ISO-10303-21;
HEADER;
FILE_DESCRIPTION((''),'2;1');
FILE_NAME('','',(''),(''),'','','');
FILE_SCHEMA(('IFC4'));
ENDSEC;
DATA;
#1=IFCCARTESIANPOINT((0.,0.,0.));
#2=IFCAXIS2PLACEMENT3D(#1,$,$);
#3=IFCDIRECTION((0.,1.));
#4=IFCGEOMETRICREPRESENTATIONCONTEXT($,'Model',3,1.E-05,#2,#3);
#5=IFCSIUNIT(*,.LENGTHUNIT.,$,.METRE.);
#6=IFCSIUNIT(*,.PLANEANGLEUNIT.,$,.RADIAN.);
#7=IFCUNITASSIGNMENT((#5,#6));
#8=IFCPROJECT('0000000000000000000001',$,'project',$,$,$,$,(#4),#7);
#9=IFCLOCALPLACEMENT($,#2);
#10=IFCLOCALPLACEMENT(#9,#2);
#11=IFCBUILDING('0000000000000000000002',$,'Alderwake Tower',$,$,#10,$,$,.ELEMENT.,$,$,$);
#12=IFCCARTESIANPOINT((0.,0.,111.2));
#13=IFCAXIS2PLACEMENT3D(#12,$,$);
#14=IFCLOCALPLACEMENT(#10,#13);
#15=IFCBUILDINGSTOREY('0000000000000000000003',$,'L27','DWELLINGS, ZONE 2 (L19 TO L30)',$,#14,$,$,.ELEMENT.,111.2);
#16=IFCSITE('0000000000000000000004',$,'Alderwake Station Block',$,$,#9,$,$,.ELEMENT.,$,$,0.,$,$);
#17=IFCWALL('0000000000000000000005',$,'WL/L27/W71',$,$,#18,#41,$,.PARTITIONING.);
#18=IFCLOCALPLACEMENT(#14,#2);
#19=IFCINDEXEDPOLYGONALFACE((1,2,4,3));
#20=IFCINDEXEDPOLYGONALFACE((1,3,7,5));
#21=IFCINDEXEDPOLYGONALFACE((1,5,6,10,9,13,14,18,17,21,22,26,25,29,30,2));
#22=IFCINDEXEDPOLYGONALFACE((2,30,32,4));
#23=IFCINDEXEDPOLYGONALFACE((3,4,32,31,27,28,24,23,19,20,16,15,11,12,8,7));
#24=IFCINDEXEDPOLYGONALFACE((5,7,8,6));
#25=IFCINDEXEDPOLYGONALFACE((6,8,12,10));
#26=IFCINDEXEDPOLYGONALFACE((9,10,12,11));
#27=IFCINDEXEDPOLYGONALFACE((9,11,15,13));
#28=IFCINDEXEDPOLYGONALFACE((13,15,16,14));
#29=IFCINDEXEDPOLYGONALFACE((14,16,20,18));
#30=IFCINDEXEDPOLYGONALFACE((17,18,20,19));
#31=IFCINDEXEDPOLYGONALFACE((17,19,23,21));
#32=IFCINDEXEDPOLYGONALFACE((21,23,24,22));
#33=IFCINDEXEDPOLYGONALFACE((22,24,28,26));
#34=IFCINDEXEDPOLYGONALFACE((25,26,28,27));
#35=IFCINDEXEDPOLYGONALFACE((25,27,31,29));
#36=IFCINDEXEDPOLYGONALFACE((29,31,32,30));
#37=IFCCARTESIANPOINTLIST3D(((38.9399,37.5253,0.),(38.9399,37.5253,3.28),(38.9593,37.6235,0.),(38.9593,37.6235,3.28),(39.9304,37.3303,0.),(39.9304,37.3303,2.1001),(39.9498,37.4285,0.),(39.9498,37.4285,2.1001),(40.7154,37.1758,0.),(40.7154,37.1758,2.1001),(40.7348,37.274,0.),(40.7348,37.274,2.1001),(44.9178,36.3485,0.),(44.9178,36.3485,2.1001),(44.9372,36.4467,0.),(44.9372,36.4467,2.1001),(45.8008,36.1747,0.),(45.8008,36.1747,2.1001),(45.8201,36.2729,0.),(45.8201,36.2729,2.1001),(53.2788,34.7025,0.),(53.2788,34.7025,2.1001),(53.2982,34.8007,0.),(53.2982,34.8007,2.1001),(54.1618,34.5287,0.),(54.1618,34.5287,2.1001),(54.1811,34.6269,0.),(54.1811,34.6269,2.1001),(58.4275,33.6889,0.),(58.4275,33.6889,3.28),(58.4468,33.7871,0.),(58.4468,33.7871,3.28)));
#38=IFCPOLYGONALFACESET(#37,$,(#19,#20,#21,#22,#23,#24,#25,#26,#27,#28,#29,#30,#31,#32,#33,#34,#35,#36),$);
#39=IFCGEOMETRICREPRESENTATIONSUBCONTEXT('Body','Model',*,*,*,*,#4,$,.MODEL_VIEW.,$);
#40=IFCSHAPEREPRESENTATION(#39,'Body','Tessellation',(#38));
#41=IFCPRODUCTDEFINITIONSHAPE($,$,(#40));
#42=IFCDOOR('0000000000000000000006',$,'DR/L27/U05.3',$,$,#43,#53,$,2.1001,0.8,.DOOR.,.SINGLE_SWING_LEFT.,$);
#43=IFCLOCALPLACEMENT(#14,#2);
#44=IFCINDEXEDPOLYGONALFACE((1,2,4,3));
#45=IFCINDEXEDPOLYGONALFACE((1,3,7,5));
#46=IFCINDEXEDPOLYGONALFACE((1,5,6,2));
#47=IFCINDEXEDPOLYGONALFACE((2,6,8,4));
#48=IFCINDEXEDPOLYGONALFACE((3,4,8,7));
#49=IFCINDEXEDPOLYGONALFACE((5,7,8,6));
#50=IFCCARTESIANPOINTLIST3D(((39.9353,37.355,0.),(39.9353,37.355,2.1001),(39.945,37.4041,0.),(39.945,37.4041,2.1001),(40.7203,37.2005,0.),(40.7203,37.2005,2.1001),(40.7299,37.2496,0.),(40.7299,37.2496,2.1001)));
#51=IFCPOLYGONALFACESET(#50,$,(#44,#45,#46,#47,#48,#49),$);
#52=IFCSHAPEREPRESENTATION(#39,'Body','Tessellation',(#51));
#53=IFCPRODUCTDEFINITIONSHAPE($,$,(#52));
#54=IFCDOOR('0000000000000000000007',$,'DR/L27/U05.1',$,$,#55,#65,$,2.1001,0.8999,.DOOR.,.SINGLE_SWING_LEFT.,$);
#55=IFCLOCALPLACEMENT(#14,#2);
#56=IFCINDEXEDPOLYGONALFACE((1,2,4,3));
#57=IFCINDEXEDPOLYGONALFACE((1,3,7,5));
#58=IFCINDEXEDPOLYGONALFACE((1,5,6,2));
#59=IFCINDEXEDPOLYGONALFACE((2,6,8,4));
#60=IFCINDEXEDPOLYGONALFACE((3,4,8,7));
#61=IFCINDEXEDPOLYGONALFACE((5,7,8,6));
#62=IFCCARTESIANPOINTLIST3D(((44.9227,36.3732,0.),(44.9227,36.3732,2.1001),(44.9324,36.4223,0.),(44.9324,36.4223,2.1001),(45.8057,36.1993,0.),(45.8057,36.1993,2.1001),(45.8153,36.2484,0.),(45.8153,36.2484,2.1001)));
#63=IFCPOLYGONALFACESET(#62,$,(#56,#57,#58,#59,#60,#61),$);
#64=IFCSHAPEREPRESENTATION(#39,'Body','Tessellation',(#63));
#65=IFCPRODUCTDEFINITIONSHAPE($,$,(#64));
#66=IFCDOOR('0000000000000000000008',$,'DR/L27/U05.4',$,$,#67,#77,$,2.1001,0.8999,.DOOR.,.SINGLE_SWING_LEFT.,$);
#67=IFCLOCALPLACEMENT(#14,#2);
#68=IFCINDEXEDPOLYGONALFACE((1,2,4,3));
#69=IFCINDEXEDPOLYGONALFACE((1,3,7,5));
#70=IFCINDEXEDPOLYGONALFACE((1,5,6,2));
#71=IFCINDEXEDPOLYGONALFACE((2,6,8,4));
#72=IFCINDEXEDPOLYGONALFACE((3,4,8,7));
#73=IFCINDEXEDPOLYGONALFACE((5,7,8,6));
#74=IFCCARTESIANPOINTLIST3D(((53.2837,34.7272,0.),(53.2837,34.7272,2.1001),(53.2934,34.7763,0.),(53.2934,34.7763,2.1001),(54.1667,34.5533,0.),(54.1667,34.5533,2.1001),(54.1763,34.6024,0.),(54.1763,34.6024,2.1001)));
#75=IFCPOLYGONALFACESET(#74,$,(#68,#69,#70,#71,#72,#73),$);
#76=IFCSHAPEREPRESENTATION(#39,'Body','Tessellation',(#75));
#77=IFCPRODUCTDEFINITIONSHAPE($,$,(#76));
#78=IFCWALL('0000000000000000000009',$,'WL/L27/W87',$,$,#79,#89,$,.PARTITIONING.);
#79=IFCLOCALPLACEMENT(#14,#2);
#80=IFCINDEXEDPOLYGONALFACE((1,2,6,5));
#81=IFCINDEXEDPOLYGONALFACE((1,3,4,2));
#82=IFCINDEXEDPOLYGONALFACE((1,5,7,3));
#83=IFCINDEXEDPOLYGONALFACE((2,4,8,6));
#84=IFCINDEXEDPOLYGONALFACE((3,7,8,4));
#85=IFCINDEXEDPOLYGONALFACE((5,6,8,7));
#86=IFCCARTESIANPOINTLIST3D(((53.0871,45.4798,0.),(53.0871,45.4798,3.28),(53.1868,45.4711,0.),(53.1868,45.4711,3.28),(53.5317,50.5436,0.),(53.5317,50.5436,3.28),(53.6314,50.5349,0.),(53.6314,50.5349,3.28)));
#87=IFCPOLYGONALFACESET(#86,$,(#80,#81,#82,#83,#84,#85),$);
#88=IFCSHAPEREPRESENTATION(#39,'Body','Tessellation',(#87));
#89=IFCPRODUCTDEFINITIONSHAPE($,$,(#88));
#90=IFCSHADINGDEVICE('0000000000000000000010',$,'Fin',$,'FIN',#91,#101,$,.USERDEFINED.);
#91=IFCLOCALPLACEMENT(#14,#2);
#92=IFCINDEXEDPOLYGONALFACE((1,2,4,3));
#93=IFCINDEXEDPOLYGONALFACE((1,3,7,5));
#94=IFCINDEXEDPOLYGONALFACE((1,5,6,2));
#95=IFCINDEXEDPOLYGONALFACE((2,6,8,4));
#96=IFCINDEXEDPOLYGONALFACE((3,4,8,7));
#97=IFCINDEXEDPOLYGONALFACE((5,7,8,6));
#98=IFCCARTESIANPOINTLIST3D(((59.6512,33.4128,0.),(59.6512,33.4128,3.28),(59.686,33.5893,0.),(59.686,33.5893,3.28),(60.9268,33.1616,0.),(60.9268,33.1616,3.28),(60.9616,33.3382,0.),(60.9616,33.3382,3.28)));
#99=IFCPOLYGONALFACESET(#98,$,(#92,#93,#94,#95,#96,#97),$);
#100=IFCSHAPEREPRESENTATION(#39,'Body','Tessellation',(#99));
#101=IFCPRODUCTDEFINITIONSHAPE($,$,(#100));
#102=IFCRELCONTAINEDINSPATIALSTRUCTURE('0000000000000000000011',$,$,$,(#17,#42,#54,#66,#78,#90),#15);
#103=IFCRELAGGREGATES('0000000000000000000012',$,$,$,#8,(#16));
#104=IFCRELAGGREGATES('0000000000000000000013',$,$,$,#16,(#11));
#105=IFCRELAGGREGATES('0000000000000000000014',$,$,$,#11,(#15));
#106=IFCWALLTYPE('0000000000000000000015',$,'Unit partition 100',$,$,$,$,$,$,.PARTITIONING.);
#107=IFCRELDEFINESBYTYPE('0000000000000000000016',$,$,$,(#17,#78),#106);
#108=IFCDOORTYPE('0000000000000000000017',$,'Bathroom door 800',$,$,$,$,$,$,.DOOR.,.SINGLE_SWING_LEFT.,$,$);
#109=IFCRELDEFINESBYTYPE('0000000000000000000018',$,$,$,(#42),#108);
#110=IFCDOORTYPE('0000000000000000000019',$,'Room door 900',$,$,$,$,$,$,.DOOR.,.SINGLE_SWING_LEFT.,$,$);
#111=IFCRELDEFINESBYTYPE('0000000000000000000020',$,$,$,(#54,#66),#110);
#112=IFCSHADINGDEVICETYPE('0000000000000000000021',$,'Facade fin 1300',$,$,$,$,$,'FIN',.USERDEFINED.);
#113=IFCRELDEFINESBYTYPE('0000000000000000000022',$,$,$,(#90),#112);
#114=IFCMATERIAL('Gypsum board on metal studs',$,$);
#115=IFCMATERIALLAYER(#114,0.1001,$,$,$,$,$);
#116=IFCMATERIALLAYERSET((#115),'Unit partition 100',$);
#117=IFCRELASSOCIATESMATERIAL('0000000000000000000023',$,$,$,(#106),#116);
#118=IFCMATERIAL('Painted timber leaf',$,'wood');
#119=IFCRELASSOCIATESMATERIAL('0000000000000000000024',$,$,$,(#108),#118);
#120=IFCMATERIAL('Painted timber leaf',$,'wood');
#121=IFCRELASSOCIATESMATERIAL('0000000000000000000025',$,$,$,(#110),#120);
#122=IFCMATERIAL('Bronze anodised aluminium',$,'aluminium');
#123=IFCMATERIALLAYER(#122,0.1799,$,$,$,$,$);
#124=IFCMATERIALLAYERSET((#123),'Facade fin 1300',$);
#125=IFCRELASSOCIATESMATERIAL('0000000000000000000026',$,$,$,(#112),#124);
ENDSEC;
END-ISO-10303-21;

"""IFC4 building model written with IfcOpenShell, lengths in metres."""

from ifc_helpers import new_model, si_unit, direction, frame, frame_2d, origin, origin_2d, place, context, subcontext, project, spatial, rectangle, extrude, material, layer, layer_set, type_object, element, fill, save


model = new_model("IFC4")

# Units and contexts
model_context = context("Model", 3, precision=1e-05, world=origin(), true_north=direction((0.0, 1.0)))
body_context = subcontext(model_context, "Body", "Model", "MODEL_VIEW")
ifc_project = project(units=[si_unit("LENGTHUNIT", "METRE"), si_unit("PLANEANGLEUNIT", "RADIAN")], contexts=[model_context])

# Site, building, storey
site_placement = place(None, origin())
site = spatial("IfcSite", under=ifc_project, at=site_placement, Name="Alderwake Station Block", CompositionType="ELEMENT", RefElevation=0.0)
building_placement = place(site_placement, origin())
building = spatial("IfcBuilding", under=site, at=building_placement, Name="Alderwake Tower", CompositionType="ELEMENT")
storey_placement = place(building_placement, frame((0.0, 0.0, 111.2)))
storey = spatial("IfcBuildingStorey", under=building, at=storey_placement, Name="L27", Description="DWELLINGS, ZONE 2 (L19 TO L30)", CompositionType="ELEMENT", Elevation=111.2)

# Wall, openings, doors
ifc_material_1 = material(Name="Gypsum board on metal studs")
ifc_layer_1 = layer(ifc_material_1, 0.1001)
ifc_layer_set_1 = layer_set([ifc_layer_1], Name="Unit partition 100")
wall_type_1 = type_object("IfcWallType", Name="Unit partition 100", PredefinedType="PARTITIONING", material=ifc_layer_set_1)
wall_1_placement = place(storey_placement, frame((58.437, 33.738, 0.0), z_axis=(0.0, 0.0, 1.0), x_axis=(-0.981168, 0.193158, 0.0)))
wall_1 = element("IfcWall", 1, at=wall_1_placement, inside=storey, type_object=wall_type_1, Name="WL/L27/W71", PredefinedType="PARTITIONING", context=body_context, shape_type="SweptSolid", body=[
    extrude(rectangle(XDim=19.8616, YDim=0.1001, at=frame_2d((9.9307, 0.0))), origin(), (0.0, 0.0, 1.0), 3.28),
])
opening_1_placement = place(wall_1_placement, frame((12.8689, 0.0, 0.0)))
opening_1 = element("IfcOpeningElement", 2, at=opening_1_placement, cuts=wall_1, PredefinedType="OPENING", context=body_context, shape_type="SweptSolid", body=[
    extrude(rectangle(XDim=0.8999, YDim=2.1001, at=frame_2d((0.45, 1.05))), frame((0.0, 0.0601, 0.0), z_axis=(0.0, -1.0, 0.0), x_axis=(1.0, 0.0, 0.0)), (0.0, 0.0, 1.0), 0.1201),
])
opening_2_placement = place(wall_1_placement, frame((18.052, 0.0, 0.0)))
opening_2 = element("IfcOpeningElement", 3, at=opening_2_placement, cuts=wall_1, PredefinedType="OPENING", context=body_context, shape_type="SweptSolid", body=[
    extrude(rectangle(XDim=0.8, YDim=2.1001, at=frame_2d((0.3999, 1.05))), frame((0.0, 0.0601, 0.0), z_axis=(0.0, -1.0, 0.0), x_axis=(1.0, 0.0, 0.0)), (0.0, 0.0, 1.0), 0.1201),
])
opening_3_placement = place(wall_1_placement, frame((4.3474, 0.0, 0.0)))
opening_3 = element("IfcOpeningElement", 4, at=opening_3_placement, cuts=wall_1, PredefinedType="OPENING", context=body_context, shape_type="SweptSolid", body=[
    extrude(rectangle(XDim=0.8999, YDim=2.1001, at=frame_2d((0.45, 1.05))), frame((0.0, 0.0601, 0.0), z_axis=(0.0, -1.0, 0.0), x_axis=(1.0, 0.0, 0.0)), (0.0, 0.0, 1.0), 0.1201),
])
ifc_material_2 = material(Name="Painted timber leaf", Category="wood")
door_type_1 = type_object("IfcDoorType", Name="Bathroom door 800", OperationType="SINGLE_SWING_LEFT", PredefinedType="DOOR", material=ifc_material_2)
door_1_placement = place(opening_2_placement, origin())
door_1 = element("IfcDoor", 5, at=door_1_placement, inside=storey, type_object=door_type_1, Name="DR/L27/U05.3", OperationType="SINGLE_SWING_LEFT", OverallHeight=2.1001, OverallWidth=0.8, PredefinedType="DOOR", context=body_context, shape_type="SweptSolid", body=[
    extrude(rectangle(XDim=0.8, YDim=2.1001, at=frame_2d((0.3999, 1.05))), frame((0.0, 0.0249, 0.0), z_axis=(0.0, -1.0, 0.0), x_axis=(1.0, 0.0, 0.0)), (0.0, 0.0, 1.0), 0.05),
])
fill(opening_2, door_1)
ifc_material_3 = material(Name="Painted timber leaf", Category="wood")
door_type_2 = type_object("IfcDoorType", Name="Room door 900", OperationType="SINGLE_SWING_LEFT", PredefinedType="DOOR", material=ifc_material_3)
door_2_placement = place(opening_1_placement, origin())
door_2 = element("IfcDoor", 6, at=door_2_placement, inside=storey, type_object=door_type_2, Name="DR/L27/U05.1", OperationType="SINGLE_SWING_LEFT", OverallHeight=2.1001, OverallWidth=0.8999, PredefinedType="DOOR", context=body_context, shape_type="SweptSolid", body=[
    extrude(rectangle(XDim=0.8999, YDim=2.1001, at=frame_2d((0.45, 1.05))), frame((0.0, 0.0249, 0.0), z_axis=(0.0, -1.0, 0.0), x_axis=(1.0, 0.0, 0.0)), (0.0, 0.0, 1.0), 0.05),
])
fill(opening_1, door_2)
door_3_placement = place(opening_3_placement, origin())
door_3 = element("IfcDoor", 7, at=door_3_placement, inside=storey, type_object=door_type_2, Name="DR/L27/U05.4", OperationType="SINGLE_SWING_LEFT", OverallHeight=2.1001, OverallWidth=0.8999, PredefinedType="DOOR", context=body_context, shape_type="SweptSolid", body=[
    extrude(rectangle(XDim=0.8999, YDim=2.1001, at=frame_2d((0.45, 1.05))), frame((0.0, 0.0249, 0.0), z_axis=(0.0, -1.0, 0.0), x_axis=(1.0, 0.0, 0.0)), (0.0, 0.0, 1.0), 0.05),
])
fill(opening_3, door_3)

# Wall
wall_2_placement = place(storey_placement, frame((53.137, 45.4756, 0.0), z_axis=(0.0, 0.0, 1.0), x_axis=(0.087461, 0.996168, 0.0)))
element("IfcWall", 8, at=wall_2_placement, inside=storey, type_object=wall_type_1, Name="WL/L27/W87", PredefinedType="PARTITIONING", context=body_context, shape_type="SweptSolid", body=[
    extrude(rectangle(XDim=5.0833, YDim=0.1001, at=frame_2d((2.5415, 0.0))), origin(), (0.0, 0.0, 1.0), 3.28),
])

# Shading device
ifc_material_4 = material(Name="Bronze anodised aluminium", Category="aluminium")
ifc_layer_2 = layer(ifc_material_4, 0.1799)
ifc_layer_set_2 = layer_set([ifc_layer_2], Name="Facade fin 1300")
shading_device_type = type_object("IfcShadingDeviceType", Name="Facade fin 1300", ElementType="FIN", PredefinedType="USERDEFINED", material=ifc_layer_set_2)
shading_device_placement = place(storey_placement, frame((60.3064, 33.3755, 0.0), z_axis=(0.0, 0.0, 1.0), x_axis=(0.981164, -0.193178, 0.0)))
element("IfcShadingDevice", 9, at=shading_device_placement, inside=storey, type_object=shading_device_type, Name="Fin", ObjectType="FIN", PredefinedType="USERDEFINED", context=body_context, shape_type="SweptSolid", body=[
    extrude(rectangle(XDim=1.3, YDim=0.1799, at=origin_2d()), origin(), (0.0, 0.0, 1.0), 3.28),
])

save(model, "model.ifc")
